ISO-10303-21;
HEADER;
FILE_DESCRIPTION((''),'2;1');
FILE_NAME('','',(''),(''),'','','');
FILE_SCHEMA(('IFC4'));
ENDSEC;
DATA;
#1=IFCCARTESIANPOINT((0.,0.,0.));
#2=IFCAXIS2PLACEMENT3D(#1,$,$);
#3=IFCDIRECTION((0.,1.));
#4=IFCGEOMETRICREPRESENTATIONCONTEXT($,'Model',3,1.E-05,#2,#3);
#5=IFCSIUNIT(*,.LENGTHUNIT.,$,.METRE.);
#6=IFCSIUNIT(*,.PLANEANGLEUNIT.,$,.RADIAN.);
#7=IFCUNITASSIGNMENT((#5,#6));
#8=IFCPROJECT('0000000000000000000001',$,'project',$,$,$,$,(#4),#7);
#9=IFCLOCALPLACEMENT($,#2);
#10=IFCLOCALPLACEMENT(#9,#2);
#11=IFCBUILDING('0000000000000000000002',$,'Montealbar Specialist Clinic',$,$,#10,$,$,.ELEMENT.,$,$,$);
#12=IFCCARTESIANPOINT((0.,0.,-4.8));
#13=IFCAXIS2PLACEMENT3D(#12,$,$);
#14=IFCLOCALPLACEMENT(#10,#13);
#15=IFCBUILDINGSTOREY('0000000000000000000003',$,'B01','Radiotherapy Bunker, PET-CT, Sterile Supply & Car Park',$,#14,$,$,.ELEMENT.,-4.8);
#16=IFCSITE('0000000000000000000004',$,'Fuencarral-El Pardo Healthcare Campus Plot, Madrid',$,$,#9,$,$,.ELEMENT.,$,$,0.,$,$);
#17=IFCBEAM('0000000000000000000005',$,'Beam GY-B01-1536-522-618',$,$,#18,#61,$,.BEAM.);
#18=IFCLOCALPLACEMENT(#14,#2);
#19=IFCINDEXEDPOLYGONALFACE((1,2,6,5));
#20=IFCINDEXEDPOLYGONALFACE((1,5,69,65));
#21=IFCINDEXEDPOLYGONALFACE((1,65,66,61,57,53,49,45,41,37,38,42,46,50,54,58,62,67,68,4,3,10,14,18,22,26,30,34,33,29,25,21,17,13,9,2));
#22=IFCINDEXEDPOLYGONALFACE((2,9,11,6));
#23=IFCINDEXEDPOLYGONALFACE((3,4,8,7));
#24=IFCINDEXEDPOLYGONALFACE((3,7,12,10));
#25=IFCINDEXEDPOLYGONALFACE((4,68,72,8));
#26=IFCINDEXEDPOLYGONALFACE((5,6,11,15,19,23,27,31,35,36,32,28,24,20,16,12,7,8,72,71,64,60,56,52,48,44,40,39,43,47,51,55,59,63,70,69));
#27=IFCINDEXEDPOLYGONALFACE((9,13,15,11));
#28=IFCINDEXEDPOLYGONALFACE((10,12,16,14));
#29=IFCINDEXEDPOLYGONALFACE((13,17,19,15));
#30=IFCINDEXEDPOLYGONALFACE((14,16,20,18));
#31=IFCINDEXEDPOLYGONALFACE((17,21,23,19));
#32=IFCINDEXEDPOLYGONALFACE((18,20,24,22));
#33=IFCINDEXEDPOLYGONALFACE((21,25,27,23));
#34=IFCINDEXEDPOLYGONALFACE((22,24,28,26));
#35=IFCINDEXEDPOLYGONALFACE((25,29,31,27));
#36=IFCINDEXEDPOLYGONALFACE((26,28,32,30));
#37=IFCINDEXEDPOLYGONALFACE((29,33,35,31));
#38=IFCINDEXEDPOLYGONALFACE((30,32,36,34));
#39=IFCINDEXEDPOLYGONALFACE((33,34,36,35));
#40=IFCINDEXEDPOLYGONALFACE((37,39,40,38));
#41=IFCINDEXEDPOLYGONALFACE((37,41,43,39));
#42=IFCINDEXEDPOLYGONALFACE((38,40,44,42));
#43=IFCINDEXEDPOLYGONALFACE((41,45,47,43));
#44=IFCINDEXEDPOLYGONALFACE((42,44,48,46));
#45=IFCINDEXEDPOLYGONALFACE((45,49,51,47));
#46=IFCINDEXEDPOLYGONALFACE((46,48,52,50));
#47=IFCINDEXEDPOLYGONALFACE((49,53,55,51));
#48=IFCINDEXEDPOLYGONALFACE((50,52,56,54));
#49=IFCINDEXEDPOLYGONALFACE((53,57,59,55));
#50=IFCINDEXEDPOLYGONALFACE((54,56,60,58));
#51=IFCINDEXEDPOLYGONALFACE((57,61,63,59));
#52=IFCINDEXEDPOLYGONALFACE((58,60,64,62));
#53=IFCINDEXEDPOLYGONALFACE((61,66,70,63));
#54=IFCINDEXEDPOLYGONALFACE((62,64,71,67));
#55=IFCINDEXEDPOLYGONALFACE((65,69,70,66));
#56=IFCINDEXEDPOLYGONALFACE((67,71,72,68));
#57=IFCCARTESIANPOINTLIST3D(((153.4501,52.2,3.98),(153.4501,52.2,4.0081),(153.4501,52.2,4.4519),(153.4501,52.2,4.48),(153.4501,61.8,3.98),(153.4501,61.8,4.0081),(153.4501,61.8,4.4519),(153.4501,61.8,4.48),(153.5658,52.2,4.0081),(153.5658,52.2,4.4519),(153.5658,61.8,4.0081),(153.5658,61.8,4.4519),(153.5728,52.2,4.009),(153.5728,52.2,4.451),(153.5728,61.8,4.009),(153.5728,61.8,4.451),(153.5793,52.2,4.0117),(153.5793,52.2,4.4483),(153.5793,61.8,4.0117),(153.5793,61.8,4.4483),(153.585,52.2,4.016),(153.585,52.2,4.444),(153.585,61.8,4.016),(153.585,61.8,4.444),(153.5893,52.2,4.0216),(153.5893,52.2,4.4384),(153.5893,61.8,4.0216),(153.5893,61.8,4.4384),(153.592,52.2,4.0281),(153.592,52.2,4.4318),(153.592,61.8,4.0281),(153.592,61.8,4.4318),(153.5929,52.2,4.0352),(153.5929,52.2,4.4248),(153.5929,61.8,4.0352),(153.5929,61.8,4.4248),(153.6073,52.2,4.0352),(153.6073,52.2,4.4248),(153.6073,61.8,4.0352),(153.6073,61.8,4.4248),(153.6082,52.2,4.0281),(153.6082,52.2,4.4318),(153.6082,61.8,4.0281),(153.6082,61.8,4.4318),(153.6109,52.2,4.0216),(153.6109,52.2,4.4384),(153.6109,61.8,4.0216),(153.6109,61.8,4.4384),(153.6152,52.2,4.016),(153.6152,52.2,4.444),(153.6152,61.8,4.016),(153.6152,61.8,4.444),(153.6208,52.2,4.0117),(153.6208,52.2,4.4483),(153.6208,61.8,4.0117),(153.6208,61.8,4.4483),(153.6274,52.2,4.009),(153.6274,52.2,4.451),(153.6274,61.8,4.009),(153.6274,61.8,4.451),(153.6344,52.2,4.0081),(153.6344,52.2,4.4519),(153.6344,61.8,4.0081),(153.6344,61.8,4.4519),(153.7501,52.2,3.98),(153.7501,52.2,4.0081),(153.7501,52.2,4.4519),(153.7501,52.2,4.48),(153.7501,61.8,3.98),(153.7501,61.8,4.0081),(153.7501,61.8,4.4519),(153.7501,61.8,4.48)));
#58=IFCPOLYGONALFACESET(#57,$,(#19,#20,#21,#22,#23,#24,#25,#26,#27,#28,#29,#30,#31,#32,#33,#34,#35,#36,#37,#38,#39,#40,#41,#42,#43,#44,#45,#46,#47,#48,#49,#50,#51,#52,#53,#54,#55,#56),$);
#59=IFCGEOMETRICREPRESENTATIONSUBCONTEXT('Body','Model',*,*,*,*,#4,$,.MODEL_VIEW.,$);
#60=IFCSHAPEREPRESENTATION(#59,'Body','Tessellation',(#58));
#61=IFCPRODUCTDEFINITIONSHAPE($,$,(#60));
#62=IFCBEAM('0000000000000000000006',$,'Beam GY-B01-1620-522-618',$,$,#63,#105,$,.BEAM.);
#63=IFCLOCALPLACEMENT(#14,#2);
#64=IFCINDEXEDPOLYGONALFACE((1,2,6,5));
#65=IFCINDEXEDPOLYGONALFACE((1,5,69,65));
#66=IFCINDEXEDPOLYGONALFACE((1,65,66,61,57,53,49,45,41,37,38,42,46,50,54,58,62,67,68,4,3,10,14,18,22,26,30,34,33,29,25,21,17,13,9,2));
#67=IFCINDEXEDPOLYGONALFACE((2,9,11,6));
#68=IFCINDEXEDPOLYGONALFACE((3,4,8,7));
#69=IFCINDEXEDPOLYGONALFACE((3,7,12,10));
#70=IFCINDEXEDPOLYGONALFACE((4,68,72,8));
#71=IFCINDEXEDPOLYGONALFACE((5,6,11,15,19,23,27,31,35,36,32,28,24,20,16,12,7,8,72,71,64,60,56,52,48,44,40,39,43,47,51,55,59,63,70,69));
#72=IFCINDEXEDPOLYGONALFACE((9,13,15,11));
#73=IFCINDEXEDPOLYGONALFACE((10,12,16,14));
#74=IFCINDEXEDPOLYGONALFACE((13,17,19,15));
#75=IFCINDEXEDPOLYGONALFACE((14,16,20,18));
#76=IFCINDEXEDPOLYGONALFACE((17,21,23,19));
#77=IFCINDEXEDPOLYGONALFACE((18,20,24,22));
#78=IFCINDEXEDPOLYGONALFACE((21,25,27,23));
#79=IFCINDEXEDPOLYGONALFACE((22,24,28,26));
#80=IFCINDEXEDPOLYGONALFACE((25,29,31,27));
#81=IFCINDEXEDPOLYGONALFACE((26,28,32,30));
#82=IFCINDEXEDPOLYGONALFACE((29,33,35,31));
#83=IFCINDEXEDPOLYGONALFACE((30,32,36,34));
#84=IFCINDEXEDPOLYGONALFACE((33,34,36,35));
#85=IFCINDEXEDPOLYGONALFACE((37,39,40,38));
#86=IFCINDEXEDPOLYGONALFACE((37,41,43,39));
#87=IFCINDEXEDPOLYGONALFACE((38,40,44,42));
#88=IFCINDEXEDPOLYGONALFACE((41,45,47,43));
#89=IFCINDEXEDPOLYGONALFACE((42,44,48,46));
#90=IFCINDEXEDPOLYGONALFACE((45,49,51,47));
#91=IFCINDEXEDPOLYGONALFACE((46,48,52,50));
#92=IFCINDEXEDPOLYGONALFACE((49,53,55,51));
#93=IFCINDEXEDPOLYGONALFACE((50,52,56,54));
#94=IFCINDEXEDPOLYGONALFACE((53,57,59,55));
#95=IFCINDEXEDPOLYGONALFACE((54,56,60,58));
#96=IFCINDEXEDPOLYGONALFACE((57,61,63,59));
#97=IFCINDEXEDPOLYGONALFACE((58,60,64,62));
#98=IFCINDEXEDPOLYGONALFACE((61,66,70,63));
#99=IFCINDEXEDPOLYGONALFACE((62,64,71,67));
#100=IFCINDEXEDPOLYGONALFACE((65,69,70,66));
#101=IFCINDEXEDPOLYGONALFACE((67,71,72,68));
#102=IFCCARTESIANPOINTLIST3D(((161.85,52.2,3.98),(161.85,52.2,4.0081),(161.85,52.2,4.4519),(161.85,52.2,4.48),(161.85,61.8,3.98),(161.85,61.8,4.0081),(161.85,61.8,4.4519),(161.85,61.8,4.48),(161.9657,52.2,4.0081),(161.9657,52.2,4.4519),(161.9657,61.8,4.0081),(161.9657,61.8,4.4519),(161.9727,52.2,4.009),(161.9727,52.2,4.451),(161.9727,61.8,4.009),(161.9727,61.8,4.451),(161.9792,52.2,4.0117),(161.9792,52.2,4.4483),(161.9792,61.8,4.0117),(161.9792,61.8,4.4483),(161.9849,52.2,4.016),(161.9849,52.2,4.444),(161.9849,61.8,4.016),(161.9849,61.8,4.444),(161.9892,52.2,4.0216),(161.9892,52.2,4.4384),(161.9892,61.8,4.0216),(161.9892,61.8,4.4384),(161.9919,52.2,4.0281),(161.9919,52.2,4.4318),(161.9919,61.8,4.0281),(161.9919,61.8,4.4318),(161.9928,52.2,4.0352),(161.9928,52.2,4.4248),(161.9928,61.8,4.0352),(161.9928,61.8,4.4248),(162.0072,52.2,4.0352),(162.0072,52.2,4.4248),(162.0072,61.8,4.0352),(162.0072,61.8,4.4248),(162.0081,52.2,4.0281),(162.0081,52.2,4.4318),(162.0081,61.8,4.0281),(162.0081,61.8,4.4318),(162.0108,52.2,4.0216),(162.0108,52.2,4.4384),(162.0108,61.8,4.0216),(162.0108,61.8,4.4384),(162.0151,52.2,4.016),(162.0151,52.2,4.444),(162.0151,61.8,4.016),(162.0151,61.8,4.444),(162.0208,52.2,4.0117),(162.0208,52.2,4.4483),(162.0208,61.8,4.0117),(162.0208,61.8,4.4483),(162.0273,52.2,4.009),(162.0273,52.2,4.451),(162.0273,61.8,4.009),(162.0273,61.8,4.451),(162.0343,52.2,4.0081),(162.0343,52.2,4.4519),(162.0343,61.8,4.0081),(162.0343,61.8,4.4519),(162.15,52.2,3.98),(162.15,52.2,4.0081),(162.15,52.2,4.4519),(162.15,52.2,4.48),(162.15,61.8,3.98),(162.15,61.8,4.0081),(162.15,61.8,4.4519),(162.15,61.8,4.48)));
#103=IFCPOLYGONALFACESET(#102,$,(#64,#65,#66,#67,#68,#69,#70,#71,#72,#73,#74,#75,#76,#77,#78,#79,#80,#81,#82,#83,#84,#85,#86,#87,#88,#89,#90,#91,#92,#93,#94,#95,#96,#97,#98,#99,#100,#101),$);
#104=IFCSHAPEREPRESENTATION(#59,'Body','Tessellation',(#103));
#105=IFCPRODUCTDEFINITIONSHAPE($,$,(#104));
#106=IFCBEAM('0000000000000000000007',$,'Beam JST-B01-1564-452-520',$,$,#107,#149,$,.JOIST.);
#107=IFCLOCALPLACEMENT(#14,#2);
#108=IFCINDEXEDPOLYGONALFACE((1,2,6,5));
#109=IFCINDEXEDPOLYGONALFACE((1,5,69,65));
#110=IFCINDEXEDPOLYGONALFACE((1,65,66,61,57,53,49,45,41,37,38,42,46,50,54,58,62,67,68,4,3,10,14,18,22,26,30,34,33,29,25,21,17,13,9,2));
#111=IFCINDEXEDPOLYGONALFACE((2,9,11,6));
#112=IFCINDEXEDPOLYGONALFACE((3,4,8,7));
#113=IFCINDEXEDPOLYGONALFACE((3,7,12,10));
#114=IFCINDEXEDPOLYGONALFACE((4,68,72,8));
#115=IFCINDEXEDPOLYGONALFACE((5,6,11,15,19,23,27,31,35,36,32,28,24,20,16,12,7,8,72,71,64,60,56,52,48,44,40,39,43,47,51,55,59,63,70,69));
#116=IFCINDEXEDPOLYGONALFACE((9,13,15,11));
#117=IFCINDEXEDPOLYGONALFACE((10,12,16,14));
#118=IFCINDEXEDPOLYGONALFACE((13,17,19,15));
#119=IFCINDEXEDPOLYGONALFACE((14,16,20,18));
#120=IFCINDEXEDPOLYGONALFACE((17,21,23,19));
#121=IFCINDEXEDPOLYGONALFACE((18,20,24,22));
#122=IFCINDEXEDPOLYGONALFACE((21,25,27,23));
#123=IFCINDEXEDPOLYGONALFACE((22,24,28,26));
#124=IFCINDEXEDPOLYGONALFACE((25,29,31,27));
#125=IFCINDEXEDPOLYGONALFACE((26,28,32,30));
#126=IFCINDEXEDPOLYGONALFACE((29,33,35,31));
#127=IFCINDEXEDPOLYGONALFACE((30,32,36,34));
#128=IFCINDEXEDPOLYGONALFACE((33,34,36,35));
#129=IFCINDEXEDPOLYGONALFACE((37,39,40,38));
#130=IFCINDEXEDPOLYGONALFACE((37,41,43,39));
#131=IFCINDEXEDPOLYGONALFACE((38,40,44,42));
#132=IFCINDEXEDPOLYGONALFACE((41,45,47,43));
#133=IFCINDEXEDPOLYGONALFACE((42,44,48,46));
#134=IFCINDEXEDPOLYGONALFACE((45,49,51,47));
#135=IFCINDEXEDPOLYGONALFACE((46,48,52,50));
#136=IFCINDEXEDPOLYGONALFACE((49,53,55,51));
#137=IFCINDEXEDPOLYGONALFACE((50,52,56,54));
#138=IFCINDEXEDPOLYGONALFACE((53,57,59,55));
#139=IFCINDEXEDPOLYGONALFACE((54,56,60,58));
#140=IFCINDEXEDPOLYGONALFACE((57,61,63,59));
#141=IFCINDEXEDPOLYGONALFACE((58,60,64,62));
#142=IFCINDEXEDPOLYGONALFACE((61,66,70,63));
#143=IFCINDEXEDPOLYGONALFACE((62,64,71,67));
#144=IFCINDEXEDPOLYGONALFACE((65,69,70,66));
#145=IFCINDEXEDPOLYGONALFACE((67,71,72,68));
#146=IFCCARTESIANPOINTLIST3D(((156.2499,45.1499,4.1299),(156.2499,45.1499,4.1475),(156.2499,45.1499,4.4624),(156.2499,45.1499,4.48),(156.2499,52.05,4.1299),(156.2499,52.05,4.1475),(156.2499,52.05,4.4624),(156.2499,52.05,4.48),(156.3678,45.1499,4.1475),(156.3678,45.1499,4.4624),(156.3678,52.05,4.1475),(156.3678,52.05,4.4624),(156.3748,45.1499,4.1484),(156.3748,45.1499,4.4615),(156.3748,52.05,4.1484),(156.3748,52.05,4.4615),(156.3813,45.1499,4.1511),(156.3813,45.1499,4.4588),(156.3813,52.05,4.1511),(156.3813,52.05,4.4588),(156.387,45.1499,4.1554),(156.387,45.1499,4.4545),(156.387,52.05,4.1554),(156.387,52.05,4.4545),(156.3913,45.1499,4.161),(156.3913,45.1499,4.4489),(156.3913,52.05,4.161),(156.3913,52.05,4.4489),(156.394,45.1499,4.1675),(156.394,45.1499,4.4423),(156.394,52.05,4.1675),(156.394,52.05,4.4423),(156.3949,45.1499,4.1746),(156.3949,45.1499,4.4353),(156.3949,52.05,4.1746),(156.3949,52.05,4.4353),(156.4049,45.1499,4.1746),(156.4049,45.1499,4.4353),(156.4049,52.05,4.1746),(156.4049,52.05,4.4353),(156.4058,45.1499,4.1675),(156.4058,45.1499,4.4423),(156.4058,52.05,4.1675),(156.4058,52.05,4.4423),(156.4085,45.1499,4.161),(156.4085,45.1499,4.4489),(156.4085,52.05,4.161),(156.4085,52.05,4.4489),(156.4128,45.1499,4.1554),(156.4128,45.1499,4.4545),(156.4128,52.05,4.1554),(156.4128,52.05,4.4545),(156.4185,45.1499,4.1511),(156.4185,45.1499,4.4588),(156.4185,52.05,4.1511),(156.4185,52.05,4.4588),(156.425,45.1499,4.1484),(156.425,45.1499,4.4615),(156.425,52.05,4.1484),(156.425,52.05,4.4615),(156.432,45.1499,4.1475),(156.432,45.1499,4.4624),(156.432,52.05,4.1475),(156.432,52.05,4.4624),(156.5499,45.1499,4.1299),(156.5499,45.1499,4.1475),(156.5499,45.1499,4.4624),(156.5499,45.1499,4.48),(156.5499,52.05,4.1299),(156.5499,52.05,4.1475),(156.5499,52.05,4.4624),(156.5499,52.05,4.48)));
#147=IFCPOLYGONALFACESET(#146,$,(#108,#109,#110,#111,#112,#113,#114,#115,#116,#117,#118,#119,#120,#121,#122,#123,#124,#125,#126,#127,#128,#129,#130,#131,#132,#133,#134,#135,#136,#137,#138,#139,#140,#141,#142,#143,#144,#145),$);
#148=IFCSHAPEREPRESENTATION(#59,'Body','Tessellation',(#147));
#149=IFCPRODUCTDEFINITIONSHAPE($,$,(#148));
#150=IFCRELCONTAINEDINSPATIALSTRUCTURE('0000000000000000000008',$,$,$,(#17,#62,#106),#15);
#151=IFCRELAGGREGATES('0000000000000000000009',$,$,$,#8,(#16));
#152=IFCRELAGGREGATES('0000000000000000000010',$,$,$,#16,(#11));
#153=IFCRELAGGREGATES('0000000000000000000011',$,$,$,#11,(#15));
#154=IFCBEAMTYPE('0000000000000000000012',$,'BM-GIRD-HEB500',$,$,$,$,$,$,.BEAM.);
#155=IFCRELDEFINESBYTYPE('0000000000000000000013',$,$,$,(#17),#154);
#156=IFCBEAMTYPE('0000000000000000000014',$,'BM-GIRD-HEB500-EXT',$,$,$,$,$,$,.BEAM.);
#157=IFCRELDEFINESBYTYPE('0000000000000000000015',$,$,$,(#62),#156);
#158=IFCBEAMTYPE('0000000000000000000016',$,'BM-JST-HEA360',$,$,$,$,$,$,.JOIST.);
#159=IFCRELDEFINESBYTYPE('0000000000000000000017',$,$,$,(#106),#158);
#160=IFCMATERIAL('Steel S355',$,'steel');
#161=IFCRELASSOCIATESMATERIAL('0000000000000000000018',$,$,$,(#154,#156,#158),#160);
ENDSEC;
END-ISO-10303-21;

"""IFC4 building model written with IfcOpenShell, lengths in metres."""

from ifc_helpers import new_model, si_unit, direction, frame, origin, origin_2d, place, context, subcontext, project, spatial, i_section, extrude, material, material_profile, profile_set, type_object, element, save


model = new_model("IFC4")

# Units and contexts
model_context = context("Model", 3, precision=1e-05, world=origin(), true_north=direction((0.0, 1.0)))
body_context = subcontext(model_context, "Body", "Model", "MODEL_VIEW")
ifc_project = project(units=[si_unit("LENGTHUNIT", "METRE"), si_unit("PLANEANGLEUNIT", "RADIAN")], contexts=[model_context])

# Site, building, storey
site_placement = place(None, origin())
site = spatial("IfcSite", under=ifc_project, at=site_placement, Name="Fuencarral-El Pardo Healthcare Campus Plot, Madrid", CompositionType="ELEMENT", RefElevation=0.0)
building_placement = place(site_placement, origin())
building = spatial("IfcBuilding", under=site, at=building_placement, Name="Montealbar Specialist Clinic", CompositionType="ELEMENT")
storey_placement = place(building_placement, frame((0.0, 0.0, -4.8)))
storey = spatial("IfcBuildingStorey", under=building, at=storey_placement, Name="B01", Description="Radiotherapy Bunker, PET-CT, Sterile Supply & Car Park", CompositionType="ELEMENT", Elevation=-4.8)

# Shared definitions
ifc_material_1 = material(Name="Steel S355", Category="steel")

# Beams
ifc_material_profile_1 = material_profile(ifc_material_1, i_section(OverallWidth=0.3, OverallDepth=0.5, WebThickness=0.0144, FlangeThickness=0.0281, FilletRadius=0.0271, at=origin_2d()), Name="HEB 500", Category="steel")
ifc_profile_set_1 = profile_set([ifc_material_profile_1], Name="Steel S355")
beam_type_1 = type_object("IfcBeamType", Name="BM-GIRD-HEB500", PredefinedType="BEAM", material=ifc_profile_set_1)
beam_1_placement = place(storey_placement, frame((153.6001, 52.2, 4.23), z_axis=(0.0, 1.0, 0.0), x_axis=(-1.0, 0.0, 0.0)))
element("IfcBeam", 1, at=beam_1_placement, inside=storey, type_object=beam_type_1, Name="Beam GY-B01-1536-522-618", PredefinedType="BEAM", context=body_context, shape_type="SweptSolid", body=[
    extrude(i_section(OverallWidth=0.3, OverallDepth=0.5, WebThickness=0.0144, FlangeThickness=0.0281, FilletRadius=0.0271, at=origin_2d()), origin(), (0.0, 0.0, 1.0), 9.6001),
])
ifc_material_profile_2 = material_profile(ifc_material_1, i_section(OverallWidth=0.3, OverallDepth=0.5, WebThickness=0.0144, FlangeThickness=0.0281, FilletRadius=0.0271, at=origin_2d()), Name="HEB 500", Category="steel")
ifc_profile_set_2 = profile_set([ifc_material_profile_2], Name="Steel S355")
beam_type_2 = type_object("IfcBeamType", Name="BM-GIRD-HEB500-EXT", PredefinedType="BEAM", material=ifc_profile_set_2)
beam_2_placement = place(storey_placement, frame((162.0, 52.2, 4.23), z_axis=(0.0, 1.0, 0.0), x_axis=(-1.0, 0.0, 0.0)))
element("IfcBeam", 2, at=beam_2_placement, inside=storey, type_object=beam_type_2, Name="Beam GY-B01-1620-522-618", PredefinedType="BEAM", context=body_context, shape_type="SweptSolid", body=[
    extrude(i_section(OverallWidth=0.3, OverallDepth=0.5, WebThickness=0.0144, FlangeThickness=0.0281, FilletRadius=0.0271, at=origin_2d()), origin(), (0.0, 0.0, 1.0), 9.6001),
])
ifc_material_profile_3 = material_profile(ifc_material_1, i_section(OverallWidth=0.3, OverallDepth=0.3501, WebThickness=0.01, FlangeThickness=0.0176, FilletRadius=0.0271, at=origin_2d()), Name="HEA 360", Category="steel")
ifc_profile_set_3 = profile_set([ifc_material_profile_3], Name="Steel S355")
beam_type_3 = type_object("IfcBeamType", Name="BM-JST-HEA360", PredefinedType="JOIST", material=ifc_profile_set_3)
beam_3_placement = place(storey_placement, frame((156.3999, 45.1499, 4.3049), z_axis=(0.0, 1.0, 0.0), x_axis=(-1.0, 0.0, 0.0)))
element("IfcBeam", 3, at=beam_3_placement, inside=storey, type_object=beam_type_3, Name="Beam JST-B01-1564-452-520", PredefinedType="JOIST", context=body_context, shape_type="SweptSolid", body=[
    extrude(i_section(OverallWidth=0.3, OverallDepth=0.3501, WebThickness=0.01, FlangeThickness=0.0176, FilletRadius=0.0271, at=origin_2d()), origin(), (0.0, 0.0, 1.0), 6.9001),
])

save(model, "model.ifc")
